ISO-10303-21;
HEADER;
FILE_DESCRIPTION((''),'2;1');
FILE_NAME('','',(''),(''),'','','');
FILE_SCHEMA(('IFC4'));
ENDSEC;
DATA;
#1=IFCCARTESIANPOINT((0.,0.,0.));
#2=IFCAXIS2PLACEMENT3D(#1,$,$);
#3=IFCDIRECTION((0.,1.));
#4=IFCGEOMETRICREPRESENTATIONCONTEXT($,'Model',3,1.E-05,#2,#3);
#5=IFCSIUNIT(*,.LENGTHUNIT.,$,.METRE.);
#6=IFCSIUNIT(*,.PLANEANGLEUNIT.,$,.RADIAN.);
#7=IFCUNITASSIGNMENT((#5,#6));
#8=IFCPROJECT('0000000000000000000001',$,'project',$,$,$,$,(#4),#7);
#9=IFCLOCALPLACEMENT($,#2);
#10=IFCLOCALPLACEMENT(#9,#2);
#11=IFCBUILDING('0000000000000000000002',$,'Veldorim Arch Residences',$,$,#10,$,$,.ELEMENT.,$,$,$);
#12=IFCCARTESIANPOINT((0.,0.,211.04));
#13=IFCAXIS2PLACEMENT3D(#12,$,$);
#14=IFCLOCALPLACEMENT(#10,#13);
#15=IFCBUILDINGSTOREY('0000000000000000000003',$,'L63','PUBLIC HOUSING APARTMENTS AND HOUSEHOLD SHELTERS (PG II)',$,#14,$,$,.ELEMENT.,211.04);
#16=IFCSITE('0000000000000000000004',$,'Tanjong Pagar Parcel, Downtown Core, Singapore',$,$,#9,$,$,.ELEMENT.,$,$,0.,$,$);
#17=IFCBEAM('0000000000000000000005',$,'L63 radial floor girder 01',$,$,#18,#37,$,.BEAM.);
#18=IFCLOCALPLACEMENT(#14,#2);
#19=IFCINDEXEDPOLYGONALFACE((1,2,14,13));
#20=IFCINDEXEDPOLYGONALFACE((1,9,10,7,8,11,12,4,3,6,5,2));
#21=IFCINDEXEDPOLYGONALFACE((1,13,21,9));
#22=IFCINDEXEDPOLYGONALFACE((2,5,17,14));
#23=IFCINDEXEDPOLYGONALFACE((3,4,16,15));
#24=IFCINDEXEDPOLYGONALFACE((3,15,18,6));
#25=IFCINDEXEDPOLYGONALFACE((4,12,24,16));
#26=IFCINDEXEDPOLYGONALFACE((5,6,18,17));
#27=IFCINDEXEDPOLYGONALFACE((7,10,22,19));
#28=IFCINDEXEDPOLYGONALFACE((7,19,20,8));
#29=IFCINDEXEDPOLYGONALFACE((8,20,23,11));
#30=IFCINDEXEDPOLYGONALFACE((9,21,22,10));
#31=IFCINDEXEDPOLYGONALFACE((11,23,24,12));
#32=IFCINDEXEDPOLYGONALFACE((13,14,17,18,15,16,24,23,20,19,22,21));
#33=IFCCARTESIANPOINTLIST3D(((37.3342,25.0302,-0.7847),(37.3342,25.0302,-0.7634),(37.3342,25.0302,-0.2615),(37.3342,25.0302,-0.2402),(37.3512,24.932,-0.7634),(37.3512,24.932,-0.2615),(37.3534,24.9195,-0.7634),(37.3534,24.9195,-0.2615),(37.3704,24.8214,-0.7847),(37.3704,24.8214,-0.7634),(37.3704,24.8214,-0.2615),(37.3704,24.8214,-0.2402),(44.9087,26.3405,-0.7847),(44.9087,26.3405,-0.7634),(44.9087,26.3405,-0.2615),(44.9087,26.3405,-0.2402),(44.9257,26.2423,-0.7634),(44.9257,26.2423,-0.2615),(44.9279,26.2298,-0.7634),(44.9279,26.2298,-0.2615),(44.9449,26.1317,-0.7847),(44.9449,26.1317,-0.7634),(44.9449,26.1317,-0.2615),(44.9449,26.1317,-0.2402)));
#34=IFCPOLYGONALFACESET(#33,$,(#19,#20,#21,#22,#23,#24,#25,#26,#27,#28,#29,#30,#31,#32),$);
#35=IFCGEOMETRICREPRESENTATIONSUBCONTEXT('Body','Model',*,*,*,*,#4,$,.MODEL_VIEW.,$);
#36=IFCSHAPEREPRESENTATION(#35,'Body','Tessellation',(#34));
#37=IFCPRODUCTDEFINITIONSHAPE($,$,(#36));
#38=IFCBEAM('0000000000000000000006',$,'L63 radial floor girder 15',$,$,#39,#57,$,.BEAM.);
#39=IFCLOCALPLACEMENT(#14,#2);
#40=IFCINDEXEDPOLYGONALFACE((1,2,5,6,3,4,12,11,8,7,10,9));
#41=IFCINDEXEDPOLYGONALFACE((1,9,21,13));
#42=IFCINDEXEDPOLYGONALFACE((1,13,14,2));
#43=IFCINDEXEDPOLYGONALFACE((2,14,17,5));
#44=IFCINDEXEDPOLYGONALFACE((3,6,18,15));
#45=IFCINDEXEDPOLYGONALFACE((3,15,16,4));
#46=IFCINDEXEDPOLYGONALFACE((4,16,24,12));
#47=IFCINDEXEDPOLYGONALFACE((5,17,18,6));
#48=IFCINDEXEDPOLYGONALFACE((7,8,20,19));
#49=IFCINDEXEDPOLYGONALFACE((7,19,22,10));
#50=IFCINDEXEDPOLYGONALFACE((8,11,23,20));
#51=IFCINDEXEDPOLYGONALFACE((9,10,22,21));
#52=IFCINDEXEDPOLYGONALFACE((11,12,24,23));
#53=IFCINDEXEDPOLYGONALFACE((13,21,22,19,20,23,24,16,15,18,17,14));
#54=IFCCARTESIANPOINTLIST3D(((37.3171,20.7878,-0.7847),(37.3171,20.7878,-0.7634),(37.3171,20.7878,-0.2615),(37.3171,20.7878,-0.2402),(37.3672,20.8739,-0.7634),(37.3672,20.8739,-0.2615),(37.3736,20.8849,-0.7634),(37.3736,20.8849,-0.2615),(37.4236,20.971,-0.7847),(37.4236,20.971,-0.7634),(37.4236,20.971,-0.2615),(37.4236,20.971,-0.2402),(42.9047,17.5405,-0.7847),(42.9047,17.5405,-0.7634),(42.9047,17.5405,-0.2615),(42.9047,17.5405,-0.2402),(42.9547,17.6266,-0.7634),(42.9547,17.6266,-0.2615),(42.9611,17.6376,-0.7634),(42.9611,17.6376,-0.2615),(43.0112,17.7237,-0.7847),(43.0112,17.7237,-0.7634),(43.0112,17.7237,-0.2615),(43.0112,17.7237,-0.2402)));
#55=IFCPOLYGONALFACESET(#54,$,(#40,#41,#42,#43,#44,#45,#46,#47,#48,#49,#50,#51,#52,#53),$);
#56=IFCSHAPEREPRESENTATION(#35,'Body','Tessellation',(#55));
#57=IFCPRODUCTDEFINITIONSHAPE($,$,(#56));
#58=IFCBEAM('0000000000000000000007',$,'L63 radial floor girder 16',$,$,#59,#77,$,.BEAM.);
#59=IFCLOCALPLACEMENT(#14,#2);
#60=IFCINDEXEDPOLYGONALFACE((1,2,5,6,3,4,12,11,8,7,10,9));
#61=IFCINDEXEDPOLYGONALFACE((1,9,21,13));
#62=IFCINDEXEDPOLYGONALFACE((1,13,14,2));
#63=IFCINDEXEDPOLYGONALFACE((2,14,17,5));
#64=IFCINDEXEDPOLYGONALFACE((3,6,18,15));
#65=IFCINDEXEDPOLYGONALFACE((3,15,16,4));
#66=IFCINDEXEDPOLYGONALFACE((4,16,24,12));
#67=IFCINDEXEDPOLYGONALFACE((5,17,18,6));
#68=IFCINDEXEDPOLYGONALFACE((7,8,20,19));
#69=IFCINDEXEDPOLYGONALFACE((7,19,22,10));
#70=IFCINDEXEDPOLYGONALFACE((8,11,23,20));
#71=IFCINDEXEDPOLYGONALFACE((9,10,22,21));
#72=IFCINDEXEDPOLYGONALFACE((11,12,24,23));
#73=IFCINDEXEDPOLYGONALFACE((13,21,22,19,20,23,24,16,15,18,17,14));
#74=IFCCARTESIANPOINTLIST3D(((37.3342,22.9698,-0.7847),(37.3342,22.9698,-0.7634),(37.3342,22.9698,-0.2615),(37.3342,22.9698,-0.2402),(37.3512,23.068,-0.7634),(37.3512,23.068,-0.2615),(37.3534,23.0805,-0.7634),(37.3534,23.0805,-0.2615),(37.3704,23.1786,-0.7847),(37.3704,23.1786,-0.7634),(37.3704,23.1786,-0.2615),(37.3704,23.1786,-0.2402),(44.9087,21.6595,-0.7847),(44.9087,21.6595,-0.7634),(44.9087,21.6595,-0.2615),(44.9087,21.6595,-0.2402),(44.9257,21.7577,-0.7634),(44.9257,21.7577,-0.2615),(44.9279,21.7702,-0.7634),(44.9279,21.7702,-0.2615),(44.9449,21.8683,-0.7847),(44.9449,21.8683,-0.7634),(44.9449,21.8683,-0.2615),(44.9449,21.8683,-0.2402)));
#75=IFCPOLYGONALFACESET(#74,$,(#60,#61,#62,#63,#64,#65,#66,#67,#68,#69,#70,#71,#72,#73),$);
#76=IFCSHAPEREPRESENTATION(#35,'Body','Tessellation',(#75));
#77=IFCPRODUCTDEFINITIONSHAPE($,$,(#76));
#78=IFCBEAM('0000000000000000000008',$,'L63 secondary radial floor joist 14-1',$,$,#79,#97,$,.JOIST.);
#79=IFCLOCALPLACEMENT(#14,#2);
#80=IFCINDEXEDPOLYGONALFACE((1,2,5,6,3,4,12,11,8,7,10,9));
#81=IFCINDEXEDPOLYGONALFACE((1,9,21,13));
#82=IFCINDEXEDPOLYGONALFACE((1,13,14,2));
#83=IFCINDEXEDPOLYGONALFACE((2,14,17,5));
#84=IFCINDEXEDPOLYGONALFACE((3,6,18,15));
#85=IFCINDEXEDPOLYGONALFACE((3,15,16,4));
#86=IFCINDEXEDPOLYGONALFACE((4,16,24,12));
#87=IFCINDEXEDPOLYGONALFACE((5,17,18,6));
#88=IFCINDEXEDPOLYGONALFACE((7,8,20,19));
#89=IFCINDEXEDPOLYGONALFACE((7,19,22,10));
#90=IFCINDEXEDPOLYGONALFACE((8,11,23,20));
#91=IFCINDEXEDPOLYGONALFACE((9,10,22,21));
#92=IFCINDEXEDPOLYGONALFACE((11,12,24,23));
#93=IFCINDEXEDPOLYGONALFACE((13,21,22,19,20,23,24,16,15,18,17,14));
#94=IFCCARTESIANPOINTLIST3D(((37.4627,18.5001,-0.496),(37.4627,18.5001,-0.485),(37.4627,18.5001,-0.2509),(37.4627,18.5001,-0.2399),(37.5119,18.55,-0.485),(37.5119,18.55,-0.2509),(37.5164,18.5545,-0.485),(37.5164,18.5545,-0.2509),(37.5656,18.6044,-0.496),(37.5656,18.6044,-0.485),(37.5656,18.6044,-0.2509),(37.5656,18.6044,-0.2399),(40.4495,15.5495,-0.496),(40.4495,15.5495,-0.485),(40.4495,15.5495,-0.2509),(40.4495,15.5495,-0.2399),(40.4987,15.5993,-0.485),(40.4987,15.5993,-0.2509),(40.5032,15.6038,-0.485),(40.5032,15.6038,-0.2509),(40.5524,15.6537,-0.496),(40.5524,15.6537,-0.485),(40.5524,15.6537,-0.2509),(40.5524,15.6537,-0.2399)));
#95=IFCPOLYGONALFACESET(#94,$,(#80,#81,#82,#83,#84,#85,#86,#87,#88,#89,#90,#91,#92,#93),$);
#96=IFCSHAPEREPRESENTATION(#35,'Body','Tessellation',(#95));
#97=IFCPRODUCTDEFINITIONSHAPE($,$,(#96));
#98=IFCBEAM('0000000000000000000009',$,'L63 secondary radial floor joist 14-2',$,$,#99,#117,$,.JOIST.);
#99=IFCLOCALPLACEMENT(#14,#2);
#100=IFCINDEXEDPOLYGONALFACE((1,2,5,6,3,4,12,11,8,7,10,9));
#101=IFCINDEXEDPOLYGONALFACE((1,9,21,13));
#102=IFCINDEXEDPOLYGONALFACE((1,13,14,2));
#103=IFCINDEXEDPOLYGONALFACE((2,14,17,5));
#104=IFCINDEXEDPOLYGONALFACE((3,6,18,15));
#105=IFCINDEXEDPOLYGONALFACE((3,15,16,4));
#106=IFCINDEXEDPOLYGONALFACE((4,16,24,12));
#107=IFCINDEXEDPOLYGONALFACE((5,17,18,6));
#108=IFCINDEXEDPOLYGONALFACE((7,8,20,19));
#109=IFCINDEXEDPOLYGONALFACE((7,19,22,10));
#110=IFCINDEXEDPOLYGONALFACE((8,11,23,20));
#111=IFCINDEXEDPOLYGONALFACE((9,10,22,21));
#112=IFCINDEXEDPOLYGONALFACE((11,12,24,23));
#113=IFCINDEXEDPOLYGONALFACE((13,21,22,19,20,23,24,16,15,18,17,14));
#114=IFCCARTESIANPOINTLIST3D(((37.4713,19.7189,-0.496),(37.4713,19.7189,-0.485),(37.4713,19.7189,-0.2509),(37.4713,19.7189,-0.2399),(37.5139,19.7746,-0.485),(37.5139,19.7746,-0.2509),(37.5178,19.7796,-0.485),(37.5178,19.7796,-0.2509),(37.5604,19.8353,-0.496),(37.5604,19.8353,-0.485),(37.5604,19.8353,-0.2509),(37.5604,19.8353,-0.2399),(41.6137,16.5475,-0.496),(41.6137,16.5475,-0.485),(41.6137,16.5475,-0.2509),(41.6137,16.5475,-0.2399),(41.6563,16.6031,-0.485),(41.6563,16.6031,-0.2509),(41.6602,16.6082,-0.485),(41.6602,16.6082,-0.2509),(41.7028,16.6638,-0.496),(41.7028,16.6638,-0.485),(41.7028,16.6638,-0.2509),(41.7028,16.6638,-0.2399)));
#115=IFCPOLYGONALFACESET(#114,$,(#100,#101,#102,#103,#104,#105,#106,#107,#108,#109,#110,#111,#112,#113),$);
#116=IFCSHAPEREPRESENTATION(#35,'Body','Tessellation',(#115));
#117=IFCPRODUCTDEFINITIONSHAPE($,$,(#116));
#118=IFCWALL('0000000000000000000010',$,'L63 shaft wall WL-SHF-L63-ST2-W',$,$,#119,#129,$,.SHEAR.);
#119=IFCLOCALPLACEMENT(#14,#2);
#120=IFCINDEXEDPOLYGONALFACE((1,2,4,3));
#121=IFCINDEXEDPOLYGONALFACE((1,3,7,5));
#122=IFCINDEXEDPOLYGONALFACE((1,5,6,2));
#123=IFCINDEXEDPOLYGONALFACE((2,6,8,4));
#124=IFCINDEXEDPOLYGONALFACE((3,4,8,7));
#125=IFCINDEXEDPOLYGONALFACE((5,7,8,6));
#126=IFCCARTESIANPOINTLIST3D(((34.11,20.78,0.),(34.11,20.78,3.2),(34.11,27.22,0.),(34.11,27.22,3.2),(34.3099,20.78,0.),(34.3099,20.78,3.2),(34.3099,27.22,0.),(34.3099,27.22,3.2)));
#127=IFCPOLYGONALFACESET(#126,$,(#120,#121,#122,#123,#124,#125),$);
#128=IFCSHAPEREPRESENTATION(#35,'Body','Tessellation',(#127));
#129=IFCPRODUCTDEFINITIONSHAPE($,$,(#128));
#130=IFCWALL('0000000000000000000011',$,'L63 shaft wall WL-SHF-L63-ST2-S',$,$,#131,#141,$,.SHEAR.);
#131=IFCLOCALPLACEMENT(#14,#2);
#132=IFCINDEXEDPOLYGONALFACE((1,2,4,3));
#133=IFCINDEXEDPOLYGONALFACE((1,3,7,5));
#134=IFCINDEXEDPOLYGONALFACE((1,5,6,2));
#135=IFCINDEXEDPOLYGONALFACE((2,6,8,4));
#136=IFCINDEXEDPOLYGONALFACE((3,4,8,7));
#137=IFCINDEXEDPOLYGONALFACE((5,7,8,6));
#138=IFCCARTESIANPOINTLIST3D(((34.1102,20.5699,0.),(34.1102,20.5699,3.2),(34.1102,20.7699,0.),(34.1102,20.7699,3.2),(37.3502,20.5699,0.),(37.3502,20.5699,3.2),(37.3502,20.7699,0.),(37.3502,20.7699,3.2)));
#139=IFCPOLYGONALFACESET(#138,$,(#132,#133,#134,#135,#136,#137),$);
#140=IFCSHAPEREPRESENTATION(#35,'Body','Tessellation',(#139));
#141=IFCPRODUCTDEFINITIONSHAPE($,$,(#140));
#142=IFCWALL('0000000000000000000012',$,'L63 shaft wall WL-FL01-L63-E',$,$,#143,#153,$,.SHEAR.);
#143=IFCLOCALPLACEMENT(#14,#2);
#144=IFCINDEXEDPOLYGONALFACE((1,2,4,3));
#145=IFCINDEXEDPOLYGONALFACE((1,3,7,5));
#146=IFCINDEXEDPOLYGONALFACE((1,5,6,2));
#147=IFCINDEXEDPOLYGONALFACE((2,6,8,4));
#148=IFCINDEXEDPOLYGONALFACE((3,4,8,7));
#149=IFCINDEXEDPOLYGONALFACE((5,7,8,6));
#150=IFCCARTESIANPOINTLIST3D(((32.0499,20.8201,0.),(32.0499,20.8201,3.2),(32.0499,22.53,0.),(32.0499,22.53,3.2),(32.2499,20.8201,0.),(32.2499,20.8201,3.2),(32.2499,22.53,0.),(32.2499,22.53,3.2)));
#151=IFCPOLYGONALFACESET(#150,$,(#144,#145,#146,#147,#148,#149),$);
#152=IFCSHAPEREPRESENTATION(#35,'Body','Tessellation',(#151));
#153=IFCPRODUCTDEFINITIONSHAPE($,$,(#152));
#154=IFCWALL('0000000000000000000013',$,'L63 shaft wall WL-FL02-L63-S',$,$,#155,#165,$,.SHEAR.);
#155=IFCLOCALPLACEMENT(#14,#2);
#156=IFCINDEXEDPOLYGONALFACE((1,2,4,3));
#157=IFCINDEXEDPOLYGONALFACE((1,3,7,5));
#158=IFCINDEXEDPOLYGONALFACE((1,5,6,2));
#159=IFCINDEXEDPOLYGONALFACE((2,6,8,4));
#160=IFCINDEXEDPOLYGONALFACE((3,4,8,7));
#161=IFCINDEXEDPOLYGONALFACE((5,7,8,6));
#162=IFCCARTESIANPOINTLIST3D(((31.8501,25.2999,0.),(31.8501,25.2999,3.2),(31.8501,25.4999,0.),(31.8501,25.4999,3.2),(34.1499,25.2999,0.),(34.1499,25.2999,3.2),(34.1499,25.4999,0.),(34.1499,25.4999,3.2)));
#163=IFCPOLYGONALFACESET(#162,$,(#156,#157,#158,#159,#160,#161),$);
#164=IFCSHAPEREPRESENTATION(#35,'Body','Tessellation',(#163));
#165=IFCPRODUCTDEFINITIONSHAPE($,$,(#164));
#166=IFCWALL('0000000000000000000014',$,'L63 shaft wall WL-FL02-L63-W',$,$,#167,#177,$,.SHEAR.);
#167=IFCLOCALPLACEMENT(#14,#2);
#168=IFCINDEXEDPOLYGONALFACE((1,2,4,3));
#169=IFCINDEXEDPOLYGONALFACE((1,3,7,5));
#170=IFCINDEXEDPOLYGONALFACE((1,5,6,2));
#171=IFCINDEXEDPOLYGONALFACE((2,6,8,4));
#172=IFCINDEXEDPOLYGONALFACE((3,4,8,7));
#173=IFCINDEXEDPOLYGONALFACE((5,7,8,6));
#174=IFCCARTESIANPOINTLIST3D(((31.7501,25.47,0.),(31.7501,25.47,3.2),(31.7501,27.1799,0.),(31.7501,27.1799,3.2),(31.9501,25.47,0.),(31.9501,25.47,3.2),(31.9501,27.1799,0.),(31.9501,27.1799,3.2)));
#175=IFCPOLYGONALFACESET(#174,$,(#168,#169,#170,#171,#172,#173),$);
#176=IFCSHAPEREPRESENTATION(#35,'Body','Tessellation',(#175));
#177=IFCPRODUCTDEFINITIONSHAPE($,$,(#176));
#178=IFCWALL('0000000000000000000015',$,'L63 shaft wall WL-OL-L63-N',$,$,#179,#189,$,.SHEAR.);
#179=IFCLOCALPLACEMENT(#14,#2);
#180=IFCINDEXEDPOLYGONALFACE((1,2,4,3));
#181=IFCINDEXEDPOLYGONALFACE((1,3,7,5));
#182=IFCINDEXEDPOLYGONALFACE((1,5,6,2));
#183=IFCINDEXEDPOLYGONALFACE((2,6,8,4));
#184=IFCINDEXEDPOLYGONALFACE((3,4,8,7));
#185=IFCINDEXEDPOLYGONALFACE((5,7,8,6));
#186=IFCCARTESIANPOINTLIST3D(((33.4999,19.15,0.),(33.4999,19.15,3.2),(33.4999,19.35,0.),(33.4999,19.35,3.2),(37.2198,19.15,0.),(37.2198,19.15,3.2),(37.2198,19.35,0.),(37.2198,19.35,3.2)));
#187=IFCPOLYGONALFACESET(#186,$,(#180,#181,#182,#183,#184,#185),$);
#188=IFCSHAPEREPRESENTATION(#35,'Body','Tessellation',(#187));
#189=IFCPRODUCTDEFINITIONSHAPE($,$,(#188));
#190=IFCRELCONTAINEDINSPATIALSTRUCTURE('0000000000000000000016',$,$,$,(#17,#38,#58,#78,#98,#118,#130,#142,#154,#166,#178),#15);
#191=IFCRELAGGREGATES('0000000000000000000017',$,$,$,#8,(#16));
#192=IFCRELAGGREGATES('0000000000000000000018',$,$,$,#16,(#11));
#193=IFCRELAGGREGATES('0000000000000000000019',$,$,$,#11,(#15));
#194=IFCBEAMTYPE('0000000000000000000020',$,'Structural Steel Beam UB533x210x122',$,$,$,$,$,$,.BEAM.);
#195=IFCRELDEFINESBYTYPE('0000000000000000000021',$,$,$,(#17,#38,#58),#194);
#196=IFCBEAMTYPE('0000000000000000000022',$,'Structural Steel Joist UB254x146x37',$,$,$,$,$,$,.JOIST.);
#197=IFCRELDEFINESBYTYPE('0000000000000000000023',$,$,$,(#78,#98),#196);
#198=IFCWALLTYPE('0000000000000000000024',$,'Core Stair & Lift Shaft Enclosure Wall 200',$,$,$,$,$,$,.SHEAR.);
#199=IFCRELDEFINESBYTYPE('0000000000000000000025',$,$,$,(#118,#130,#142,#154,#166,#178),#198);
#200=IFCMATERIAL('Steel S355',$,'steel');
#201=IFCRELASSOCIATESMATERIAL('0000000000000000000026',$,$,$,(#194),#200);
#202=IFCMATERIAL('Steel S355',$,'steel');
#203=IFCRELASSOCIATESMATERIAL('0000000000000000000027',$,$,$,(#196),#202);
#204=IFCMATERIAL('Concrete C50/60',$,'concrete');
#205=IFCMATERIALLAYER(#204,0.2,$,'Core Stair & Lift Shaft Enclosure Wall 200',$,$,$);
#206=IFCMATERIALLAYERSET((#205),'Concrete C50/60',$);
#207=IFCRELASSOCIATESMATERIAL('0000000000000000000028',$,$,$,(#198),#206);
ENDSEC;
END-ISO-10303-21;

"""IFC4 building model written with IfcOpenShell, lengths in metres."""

from ifc_helpers import new_model, si_unit, direction, frame, frame_2d, origin, origin_2d, place, context, subcontext, project, spatial, rectangle, i_section, extrude, material, layer, layer_set, material_profile, profile_set, type_object, element, save


model = new_model("IFC4")

# Units and contexts
model_context = context("Model", 3, precision=1e-05, world=origin(), true_north=direction((0.0, 1.0)))
body_context = subcontext(model_context, "Body", "Model", "MODEL_VIEW")
ifc_project = project(units=[si_unit("LENGTHUNIT", "METRE"), si_unit("PLANEANGLEUNIT", "RADIAN")], contexts=[model_context])

# Site, building, storey
site_placement = place(None, origin())
site = spatial("IfcSite", under=ifc_project, at=site_placement, Name="Tanjong Pagar Parcel, Downtown Core, Singapore", CompositionType="ELEMENT", RefElevation=0.0)
building_placement = place(site_placement, origin())
building = spatial("IfcBuilding", under=site, at=building_placement, Name="Veldorim Arch Residences", CompositionType="ELEMENT")
storey_placement = place(building_placement, frame((0.0, 0.0, 211.04)))
storey = spatial("IfcBuildingStorey", under=building, at=storey_placement, Name="L63", Description="PUBLIC HOUSING APARTMENTS AND HOUSEHOLD SHELTERS (PG II)", CompositionType="ELEMENT", Elevation=211.04)

# Beams
ifc_material_1 = material(Name="Steel S355", Category="steel")
ifc_material_profile_1 = material_profile(ifc_material_1, i_section(OverallWidth=0.2119, OverallDepth=0.5444, WebThickness=0.0127, FlangeThickness=0.0212, at=origin_2d()), Name="UB533x210x122")
ifc_profile_set_1 = profile_set([ifc_material_profile_1], Name="Steel S355")
beam_type_1 = type_object("IfcBeamType", Name="Structural Steel Beam UB533x210x122", PredefinedType="BEAM", material=ifc_profile_set_1)
beam_1_placement = place(storey_placement, frame((37.3523, 24.9258, -0.5125), z_axis=(0.985365, 0.170458, 0.0), x_axis=(-0.170458, 0.985365, 0.0)))
element("IfcBeam", 1, at=beam_1_placement, inside=storey, type_object=beam_type_1, Name="L63 radial floor girder 01", PredefinedType="BEAM", context=body_context, shape_type="SweptSolid", body=[
    extrude(i_section(OverallWidth=0.2119, OverallDepth=0.5444, WebThickness=0.0127, FlangeThickness=0.0212, at=origin_2d()), origin(), (0.0, 0.0, 1.0), 7.687),
])
beam_2_placement = place(storey_placement, frame((37.3704, 20.8794, -0.5125), z_axis=(0.864596, -0.502468, 0.0), x_axis=(0.502468, 0.864596, 0.0)))
element("IfcBeam", 2, at=beam_2_placement, inside=storey, type_object=beam_type_1, Name="L63 radial floor girder 15", PredefinedType="BEAM", context=body_context, shape_type="SweptSolid", body=[
    extrude(i_section(OverallWidth=0.2119, OverallDepth=0.5444, WebThickness=0.0127, FlangeThickness=0.0212, at=origin_2d()), origin(), (0.0, 0.0, 1.0), 6.4626),
])
beam_3_placement = place(storey_placement, frame((37.3523, 23.0742, -0.5125), z_axis=(0.985365, -0.170458, 0.0), x_axis=(0.170458, 0.985365, 0.0)))
element("IfcBeam", 3, at=beam_3_placement, inside=storey, type_object=beam_type_1, Name="L63 radial floor girder 16", PredefinedType="BEAM", context=body_context, shape_type="SweptSolid", body=[
    extrude(i_section(OverallWidth=0.2119, OverallDepth=0.5444, WebThickness=0.0127, FlangeThickness=0.0212, at=origin_2d()), origin(), (0.0, 0.0, 1.0), 7.687),
])
ifc_material_2 = material(Name="Steel S355", Category="steel")
ifc_material_profile_2 = material_profile(ifc_material_2, i_section(OverallWidth=0.1465, OverallDepth=0.2561, WebThickness=0.0063, FlangeThickness=0.011, at=origin_2d()), Name="UB254x146x37")
ifc_profile_set_2 = profile_set([ifc_material_profile_2], Name="Steel S355")
beam_type_2 = type_object("IfcBeamType", Name="Structural Steel Joist UB254x146x37", PredefinedType="JOIST", material=ifc_profile_set_2)
beam_4_placement = place(storey_placement, frame((37.5142, 18.5522, -0.3679), z_axis=(0.711397, -0.702791, 0.0), x_axis=(0.702791, 0.711397, 0.0)))
element("IfcBeam", 4, at=beam_4_placement, inside=storey, type_object=beam_type_2, Name="L63 secondary radial floor joist 14-1", PredefinedType="JOIST", context=body_context, shape_type="SweptSolid", body=[
    extrude(i_section(OverallWidth=0.1465, OverallDepth=0.2561, WebThickness=0.0063, FlangeThickness=0.011, at=origin_2d()), origin(), (0.0, 0.0, 1.0), 4.1985),
])
beam_5_placement = place(storey_placement, frame((37.5159, 19.7771, -0.3679), z_axis=(0.794014, -0.6079, 0.0), x_axis=(0.6079, 0.794014, 0.0)))
element("IfcBeam", 5, at=beam_5_placement, inside=storey, type_object=beam_type_2, Name="L63 secondary radial floor joist 14-2", PredefinedType="JOIST", context=body_context, shape_type="SweptSolid", body=[
    extrude(i_section(OverallWidth=0.1465, OverallDepth=0.2561, WebThickness=0.0063, FlangeThickness=0.011, at=origin_2d()), origin(), (0.0, 0.0, 1.0), 5.217),
])

# Walls
ifc_material_3 = material(Name="Concrete C50/60", Category="concrete")
ifc_layer = layer(ifc_material_3, 0.2, Name="Core Stair & Lift Shaft Enclosure Wall 200")
ifc_layer_set = layer_set([ifc_layer], Name="Concrete C50/60")
wall_type = type_object("IfcWallType", Name="Core Stair & Lift Shaft Enclosure Wall 200", PredefinedType="SHEAR", material=ifc_layer_set)
wall_1_placement = place(storey_placement, frame((34.21, 20.78, 0.0), z_axis=(0.0, 0.0, 1.0), x_axis=(0.0, 1.0, 0.0)))
element("IfcWall", 6, at=wall_1_placement, inside=storey, type_object=wall_type, Name="L63 shaft wall WL-SHF-L63-ST2-W", PredefinedType="SHEAR", context=body_context, shape_type="SweptSolid", body=[
    extrude(rectangle(XDim=6.4399, YDim=0.2, at=frame_2d((3.22, 0.0))), origin(), (0.0, 0.0, 1.0), 3.2),
])
wall_2_placement = place(storey_placement, frame((34.1101, 20.6699, 0.0), z_axis=(0.0, 0.0, 1.0), x_axis=(1.0, 0.0, 0.0)))
element("IfcWall", 7, at=wall_2_placement, inside=storey, type_object=wall_type, Name="L63 shaft wall WL-SHF-L63-ST2-S", PredefinedType="SHEAR", context=body_context, shape_type="SweptSolid", body=[
    extrude(rectangle(XDim=3.24, YDim=0.2, at=frame_2d((1.6201, 0.0))), origin(), (0.0, 0.0, 1.0), 3.2),
])
wall_3_placement = place(storey_placement, frame((32.1499, 20.8201, 0.0), z_axis=(0.0, 0.0, 1.0), x_axis=(0.0, 1.0, 0.0)))
element("IfcWall", 8, at=wall_3_placement, inside=storey, type_object=wall_type, Name="L63 shaft wall WL-FL01-L63-E", PredefinedType="SHEAR", context=body_context, shape_type="SweptSolid", body=[
    extrude(rectangle(XDim=1.71, YDim=0.2, at=frame_2d((0.855, 0.0))), origin(), (0.0, 0.0, 1.0), 3.2),
])
wall_4_placement = place(storey_placement, frame((31.8501, 25.3999, 0.0), z_axis=(0.0, 0.0, 1.0), x_axis=(1.0, 0.0, 0.0)))
element("IfcWall", 9, at=wall_4_placement, inside=storey, type_object=wall_type, Name="L63 shaft wall WL-FL02-L63-S", PredefinedType="SHEAR", context=body_context, shape_type="SweptSolid", body=[
    extrude(rectangle(XDim=2.2998, YDim=0.2, at=frame_2d((1.1499, 0.0))), origin(), (0.0, 0.0, 1.0), 3.2),
])
wall_5_placement = place(storey_placement, frame((31.8501, 25.47, 0.0), z_axis=(0.0, 0.0, 1.0), x_axis=(0.0, 1.0, 0.0)))
element("IfcWall", 10, at=wall_5_placement, inside=storey, type_object=wall_type, Name="L63 shaft wall WL-FL02-L63-W", PredefinedType="SHEAR", context=body_context, shape_type="SweptSolid", body=[
    extrude(rectangle(XDim=1.71, YDim=0.2, at=frame_2d((0.855, 0.0))), origin(), (0.0, 0.0, 1.0), 3.2),
])
wall_6_placement = place(storey_placement, frame((33.5, 19.25, 0.0), z_axis=(0.0, 0.0, 1.0), x_axis=(1.0, 0.0, 0.0)))
element("IfcWall", 11, at=wall_6_placement, inside=storey, type_object=wall_type, Name="L63 shaft wall WL-OL-L63-N", PredefinedType="SHEAR", context=body_context, shape_type="SweptSolid", body=[
    extrude(rectangle(XDim=3.72, YDim=0.2, at=frame_2d((1.8599, 0.0))), origin(), (0.0, 0.0, 1.0), 3.2),
])

save(model, "model.ifc")
